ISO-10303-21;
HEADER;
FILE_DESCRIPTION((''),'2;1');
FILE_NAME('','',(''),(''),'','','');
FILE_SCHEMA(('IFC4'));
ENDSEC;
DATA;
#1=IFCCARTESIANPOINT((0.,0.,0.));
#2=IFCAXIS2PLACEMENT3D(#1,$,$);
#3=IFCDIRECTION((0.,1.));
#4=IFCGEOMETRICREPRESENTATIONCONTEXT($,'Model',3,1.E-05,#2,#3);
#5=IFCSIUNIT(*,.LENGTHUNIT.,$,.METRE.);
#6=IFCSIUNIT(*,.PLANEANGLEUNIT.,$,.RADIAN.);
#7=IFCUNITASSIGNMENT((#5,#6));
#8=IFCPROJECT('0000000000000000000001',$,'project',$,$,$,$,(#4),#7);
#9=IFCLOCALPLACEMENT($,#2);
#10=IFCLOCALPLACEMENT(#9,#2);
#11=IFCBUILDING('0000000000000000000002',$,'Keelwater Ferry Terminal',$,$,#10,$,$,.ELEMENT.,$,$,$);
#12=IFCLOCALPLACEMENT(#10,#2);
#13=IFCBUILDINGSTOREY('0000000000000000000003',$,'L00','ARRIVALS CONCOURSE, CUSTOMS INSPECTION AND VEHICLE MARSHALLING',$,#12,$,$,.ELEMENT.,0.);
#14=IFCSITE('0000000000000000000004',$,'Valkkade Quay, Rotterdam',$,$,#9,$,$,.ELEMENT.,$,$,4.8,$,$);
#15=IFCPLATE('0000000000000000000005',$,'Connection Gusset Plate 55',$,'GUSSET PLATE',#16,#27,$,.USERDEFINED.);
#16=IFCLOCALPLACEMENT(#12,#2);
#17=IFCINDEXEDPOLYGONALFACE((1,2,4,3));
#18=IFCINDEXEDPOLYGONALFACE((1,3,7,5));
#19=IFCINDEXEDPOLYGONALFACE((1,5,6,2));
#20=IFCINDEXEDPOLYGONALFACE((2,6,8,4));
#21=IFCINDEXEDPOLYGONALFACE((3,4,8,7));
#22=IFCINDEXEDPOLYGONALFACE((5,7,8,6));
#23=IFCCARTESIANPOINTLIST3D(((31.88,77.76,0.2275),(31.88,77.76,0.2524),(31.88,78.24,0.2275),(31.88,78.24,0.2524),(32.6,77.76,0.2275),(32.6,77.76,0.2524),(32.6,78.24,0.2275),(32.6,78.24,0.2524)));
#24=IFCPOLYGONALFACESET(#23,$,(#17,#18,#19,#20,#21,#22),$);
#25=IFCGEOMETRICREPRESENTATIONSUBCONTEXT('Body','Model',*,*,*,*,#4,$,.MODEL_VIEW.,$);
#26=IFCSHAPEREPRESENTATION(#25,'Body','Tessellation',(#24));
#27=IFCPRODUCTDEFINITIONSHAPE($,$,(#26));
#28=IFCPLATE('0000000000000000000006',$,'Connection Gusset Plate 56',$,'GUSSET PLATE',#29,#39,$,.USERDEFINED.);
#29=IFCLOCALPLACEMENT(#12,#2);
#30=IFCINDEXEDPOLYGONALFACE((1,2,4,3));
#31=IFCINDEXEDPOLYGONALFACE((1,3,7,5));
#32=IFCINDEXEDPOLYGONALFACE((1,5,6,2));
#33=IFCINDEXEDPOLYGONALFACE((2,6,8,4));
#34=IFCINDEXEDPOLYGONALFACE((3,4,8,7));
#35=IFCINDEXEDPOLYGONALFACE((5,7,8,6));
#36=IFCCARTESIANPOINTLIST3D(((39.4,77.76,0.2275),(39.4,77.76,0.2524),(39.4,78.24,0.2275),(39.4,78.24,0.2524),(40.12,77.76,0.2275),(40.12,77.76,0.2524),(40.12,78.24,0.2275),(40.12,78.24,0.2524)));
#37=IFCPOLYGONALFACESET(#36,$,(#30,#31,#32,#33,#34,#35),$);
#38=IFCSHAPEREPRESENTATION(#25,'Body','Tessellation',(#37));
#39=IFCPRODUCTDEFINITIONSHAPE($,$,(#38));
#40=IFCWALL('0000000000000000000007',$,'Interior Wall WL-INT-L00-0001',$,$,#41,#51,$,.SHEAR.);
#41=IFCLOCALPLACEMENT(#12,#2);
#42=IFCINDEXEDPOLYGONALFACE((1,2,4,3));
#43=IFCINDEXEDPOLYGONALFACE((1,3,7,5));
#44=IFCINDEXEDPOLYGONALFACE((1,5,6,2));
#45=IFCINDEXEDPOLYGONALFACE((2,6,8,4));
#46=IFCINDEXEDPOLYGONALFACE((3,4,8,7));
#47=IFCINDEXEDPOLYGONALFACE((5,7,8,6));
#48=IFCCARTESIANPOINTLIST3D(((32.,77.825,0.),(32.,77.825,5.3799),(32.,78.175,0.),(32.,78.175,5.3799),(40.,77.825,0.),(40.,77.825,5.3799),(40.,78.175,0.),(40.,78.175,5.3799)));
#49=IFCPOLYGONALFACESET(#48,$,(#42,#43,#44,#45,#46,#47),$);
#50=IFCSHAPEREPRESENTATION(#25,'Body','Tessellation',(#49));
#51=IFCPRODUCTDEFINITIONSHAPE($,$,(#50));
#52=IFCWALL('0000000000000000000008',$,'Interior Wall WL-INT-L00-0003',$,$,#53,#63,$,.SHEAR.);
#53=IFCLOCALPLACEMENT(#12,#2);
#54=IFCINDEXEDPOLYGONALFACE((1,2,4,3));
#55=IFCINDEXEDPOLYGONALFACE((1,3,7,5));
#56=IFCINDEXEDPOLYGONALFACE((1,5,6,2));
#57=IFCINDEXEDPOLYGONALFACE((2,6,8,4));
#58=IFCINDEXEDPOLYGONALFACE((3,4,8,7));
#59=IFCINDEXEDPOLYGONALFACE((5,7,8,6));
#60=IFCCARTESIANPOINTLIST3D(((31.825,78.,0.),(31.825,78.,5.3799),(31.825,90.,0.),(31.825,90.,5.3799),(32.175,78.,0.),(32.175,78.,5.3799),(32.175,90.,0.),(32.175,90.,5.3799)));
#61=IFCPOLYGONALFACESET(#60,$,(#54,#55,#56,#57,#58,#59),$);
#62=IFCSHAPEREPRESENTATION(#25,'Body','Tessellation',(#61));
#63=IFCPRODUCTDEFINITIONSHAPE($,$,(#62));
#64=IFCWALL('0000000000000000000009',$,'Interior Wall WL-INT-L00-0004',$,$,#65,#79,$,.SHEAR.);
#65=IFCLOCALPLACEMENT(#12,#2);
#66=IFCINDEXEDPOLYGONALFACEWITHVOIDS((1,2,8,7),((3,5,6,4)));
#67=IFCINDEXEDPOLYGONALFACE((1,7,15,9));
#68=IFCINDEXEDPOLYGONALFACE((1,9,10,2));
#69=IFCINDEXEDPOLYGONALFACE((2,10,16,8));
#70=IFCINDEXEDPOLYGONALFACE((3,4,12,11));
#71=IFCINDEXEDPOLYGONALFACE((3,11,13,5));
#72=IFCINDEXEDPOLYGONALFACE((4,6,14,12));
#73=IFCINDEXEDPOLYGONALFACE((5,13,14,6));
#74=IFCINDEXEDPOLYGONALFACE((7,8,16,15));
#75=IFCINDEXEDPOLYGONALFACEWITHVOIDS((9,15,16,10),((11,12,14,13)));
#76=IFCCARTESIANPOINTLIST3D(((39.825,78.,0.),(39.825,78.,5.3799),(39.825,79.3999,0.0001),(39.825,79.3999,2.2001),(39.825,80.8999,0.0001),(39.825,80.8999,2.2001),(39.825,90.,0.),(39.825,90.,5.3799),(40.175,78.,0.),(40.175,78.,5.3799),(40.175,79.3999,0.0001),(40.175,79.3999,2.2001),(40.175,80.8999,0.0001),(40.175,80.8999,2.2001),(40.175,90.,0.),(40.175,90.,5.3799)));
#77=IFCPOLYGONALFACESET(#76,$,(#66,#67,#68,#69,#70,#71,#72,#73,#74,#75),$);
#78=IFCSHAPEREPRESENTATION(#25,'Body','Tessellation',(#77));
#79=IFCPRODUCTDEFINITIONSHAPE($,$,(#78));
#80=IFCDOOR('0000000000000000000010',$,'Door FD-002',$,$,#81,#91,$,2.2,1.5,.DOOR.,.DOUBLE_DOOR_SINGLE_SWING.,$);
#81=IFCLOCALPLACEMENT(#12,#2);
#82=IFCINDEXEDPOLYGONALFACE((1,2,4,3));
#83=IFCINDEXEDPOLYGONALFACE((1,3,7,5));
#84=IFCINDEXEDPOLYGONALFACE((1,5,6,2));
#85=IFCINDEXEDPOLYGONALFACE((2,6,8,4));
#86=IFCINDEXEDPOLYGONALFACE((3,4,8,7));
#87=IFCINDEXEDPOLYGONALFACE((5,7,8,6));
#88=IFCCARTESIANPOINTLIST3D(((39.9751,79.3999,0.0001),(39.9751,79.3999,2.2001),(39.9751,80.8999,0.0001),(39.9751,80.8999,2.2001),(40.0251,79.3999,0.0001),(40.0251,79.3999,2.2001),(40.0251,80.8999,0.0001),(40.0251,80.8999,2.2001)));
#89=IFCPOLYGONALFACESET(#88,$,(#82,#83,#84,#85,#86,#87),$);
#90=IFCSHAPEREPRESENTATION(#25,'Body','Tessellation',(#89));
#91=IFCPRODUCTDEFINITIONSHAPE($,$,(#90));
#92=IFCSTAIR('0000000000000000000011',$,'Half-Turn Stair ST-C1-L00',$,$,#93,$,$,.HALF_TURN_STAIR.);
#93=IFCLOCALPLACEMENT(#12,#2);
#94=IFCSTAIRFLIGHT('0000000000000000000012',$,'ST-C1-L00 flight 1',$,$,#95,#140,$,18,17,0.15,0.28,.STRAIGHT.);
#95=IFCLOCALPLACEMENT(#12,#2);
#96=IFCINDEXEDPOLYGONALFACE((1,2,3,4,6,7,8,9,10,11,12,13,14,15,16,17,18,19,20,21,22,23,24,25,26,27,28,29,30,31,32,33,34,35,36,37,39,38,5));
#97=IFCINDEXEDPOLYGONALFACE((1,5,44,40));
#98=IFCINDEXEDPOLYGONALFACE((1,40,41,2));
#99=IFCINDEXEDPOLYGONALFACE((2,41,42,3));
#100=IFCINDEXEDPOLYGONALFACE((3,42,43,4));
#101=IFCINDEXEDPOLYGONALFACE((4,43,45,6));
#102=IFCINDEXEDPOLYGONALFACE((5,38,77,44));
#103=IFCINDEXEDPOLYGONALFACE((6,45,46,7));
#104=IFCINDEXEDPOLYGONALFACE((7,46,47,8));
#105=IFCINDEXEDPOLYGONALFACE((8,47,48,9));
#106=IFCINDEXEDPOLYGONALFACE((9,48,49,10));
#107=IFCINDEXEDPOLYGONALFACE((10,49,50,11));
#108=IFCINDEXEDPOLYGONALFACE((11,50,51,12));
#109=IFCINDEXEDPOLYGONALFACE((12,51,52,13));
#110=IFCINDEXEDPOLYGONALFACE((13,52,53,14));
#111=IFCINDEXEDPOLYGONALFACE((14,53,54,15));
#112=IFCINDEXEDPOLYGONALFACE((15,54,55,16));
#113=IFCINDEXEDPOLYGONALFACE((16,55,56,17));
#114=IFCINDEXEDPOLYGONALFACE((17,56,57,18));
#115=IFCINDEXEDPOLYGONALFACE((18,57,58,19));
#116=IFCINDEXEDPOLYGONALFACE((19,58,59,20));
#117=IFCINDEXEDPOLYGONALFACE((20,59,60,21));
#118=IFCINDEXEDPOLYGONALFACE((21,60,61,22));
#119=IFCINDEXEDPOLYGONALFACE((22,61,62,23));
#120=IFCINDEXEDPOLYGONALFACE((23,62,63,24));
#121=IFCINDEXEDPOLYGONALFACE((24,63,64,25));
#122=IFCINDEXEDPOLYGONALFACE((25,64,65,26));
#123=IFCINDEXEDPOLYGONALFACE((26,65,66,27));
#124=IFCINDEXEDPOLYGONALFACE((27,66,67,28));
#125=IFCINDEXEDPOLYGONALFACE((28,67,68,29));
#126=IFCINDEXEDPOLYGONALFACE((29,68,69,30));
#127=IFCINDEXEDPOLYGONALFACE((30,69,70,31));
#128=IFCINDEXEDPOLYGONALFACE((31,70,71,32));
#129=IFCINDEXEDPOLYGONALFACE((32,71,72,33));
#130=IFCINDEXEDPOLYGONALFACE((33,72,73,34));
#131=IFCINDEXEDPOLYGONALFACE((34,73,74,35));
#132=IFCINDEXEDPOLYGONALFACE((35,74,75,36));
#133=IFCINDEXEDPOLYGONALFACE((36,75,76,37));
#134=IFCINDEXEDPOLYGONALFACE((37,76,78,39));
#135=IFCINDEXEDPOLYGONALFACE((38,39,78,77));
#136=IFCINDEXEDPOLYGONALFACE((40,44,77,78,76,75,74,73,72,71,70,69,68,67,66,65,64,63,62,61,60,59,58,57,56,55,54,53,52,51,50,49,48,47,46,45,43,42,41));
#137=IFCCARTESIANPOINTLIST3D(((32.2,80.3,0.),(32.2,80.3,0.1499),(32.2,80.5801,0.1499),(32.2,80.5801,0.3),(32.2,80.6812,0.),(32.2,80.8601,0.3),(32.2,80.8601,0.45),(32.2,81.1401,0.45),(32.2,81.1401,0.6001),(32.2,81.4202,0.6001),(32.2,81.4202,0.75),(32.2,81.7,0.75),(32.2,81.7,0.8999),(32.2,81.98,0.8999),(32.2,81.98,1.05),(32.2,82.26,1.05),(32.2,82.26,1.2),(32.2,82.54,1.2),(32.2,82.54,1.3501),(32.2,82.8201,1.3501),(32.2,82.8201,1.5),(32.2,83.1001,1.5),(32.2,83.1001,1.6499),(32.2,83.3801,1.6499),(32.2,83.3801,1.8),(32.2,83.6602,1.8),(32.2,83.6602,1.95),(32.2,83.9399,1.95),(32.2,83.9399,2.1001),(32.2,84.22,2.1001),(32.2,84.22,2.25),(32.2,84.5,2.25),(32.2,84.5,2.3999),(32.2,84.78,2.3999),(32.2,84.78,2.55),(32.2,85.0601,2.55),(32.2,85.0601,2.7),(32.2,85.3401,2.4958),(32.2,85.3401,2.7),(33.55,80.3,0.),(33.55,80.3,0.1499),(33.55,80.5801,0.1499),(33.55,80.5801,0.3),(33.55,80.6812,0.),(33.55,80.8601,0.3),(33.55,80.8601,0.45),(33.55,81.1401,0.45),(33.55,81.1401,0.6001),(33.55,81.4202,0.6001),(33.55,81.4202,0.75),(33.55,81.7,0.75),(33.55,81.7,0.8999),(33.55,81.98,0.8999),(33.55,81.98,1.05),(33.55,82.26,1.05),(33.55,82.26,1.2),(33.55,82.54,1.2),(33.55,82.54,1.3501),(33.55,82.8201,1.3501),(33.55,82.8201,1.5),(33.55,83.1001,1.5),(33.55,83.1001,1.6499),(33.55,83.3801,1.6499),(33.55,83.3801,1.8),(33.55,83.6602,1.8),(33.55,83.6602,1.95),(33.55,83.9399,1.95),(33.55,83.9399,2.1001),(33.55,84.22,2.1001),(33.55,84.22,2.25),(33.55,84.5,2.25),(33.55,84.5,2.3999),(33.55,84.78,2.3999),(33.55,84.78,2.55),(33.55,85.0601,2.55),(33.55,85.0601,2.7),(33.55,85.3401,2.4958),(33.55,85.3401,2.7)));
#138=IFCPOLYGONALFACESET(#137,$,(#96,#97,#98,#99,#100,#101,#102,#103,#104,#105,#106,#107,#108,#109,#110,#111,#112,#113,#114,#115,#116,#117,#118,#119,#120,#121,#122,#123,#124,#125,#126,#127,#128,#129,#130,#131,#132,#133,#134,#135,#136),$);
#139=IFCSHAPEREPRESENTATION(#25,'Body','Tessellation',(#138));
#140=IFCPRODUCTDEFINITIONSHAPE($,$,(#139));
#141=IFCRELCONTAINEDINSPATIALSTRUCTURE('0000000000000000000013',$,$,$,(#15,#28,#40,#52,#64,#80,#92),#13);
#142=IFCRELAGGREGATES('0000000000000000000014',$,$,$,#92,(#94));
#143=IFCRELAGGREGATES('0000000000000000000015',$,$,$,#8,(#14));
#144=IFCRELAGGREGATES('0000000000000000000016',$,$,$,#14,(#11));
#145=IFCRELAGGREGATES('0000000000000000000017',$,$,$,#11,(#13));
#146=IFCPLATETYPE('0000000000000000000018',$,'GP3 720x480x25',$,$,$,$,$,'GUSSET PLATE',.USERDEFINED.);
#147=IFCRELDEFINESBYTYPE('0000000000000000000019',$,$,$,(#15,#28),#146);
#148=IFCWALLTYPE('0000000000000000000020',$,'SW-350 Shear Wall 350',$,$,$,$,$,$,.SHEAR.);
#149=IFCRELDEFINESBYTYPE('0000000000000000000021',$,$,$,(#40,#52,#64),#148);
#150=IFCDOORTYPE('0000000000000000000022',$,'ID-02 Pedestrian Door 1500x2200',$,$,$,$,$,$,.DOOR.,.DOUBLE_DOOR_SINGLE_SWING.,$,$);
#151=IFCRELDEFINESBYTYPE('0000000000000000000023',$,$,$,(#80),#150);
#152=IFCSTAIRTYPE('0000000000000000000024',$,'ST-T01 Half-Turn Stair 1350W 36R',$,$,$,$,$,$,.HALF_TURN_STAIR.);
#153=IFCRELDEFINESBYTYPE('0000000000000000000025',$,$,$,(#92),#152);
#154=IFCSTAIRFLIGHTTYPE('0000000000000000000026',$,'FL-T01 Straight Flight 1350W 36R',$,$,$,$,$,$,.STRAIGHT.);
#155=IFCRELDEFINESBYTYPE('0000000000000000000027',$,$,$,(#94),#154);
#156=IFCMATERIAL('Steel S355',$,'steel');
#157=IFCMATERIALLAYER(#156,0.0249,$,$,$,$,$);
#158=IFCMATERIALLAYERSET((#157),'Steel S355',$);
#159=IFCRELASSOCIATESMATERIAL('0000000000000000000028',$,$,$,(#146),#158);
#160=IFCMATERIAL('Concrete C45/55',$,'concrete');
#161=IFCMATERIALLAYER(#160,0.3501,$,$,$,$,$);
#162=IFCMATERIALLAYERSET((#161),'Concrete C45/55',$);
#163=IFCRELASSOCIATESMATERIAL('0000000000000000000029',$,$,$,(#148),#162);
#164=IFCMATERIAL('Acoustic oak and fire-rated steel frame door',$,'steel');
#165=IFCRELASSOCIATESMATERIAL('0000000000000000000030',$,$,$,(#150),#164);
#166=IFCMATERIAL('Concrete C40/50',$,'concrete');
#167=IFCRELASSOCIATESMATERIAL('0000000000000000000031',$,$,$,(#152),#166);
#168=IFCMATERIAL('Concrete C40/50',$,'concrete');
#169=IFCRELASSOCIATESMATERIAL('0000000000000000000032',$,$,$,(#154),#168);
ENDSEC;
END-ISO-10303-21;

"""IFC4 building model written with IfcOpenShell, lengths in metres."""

from ifc_helpers import new_model, si_unit, direction, frame, frame_2d, origin, origin_2d, place, context, subcontext, project, spatial, polyline, rectangle, outline, extrude, material, layer, layer_set, type_object, element, fill, aggregate, save


model = new_model("IFC4")

# Units and contexts
model_context = context("Model", 3, precision=1e-05, world=origin(), true_north=direction((0.0, 1.0)))
body_context = subcontext(model_context, "Body", "Model", "MODEL_VIEW")
ifc_project = project(units=[si_unit("LENGTHUNIT", "METRE"), si_unit("PLANEANGLEUNIT", "RADIAN")], contexts=[model_context])

# Site, building, storey
site_placement = place(None, origin())
site = spatial("IfcSite", under=ifc_project, at=site_placement, Name="Valkkade Quay, Rotterdam", CompositionType="ELEMENT", RefElevation=4.8)
building_placement = place(site_placement, origin())
building = spatial("IfcBuilding", under=site, at=building_placement, Name="Keelwater Ferry Terminal", CompositionType="ELEMENT")
storey_placement = place(building_placement, origin())
storey = spatial("IfcBuildingStorey", under=building, at=storey_placement, Name="L00", Description="ARRIVALS CONCOURSE, CUSTOMS INSPECTION AND VEHICLE MARSHALLING", CompositionType="ELEMENT", Elevation=0.0)

# Plates
ifc_material_1 = material(Name="Steel S355", Category="steel")
ifc_layer_1 = layer(ifc_material_1, 0.0249)
ifc_layer_set_1 = layer_set([ifc_layer_1], Name="Steel S355")
plate_type = type_object("IfcPlateType", Name="GP3 720x480x25", ElementType="GUSSET PLATE", PredefinedType="USERDEFINED", material=ifc_layer_set_1)
for number, where, z_axis, x_axis, name in (
    (1, (32.24, 78.0, 0.2275), (0.0, 0.0, 1.0), (1.0, 0.0, 0.0), "Connection Gusset Plate 55"),
    (2, (39.76, 78.0, 0.2275), (0.0, 0.0, 1.0), (1.0, 0.0, 0.0), "Connection Gusset Plate 56"),
):
    element("IfcPlate", number, at=place(storey_placement, frame(where, z_axis=z_axis, x_axis=x_axis)), inside=storey, type_object=plate_type, Name=name, ObjectType="GUSSET PLATE", PredefinedType="USERDEFINED", context=body_context, shape_type="SweptSolid", body=[
        extrude(rectangle(XDim=0.72, YDim=0.48, at=origin_2d()), origin(), (0.0, 0.0, 1.0), 0.0249),
    ])

# Walls
ifc_material_2 = material(Name="Concrete C45/55", Category="concrete")
ifc_layer_2 = layer(ifc_material_2, 0.3501)
ifc_layer_set_2 = layer_set([ifc_layer_2], Name="Concrete C45/55")
wall_type = type_object("IfcWallType", Name="SW-350 Shear Wall 350", PredefinedType="SHEAR", material=ifc_layer_set_2)
wall_1_placement = place(storey_placement, frame((32.0, 78.0, 0.0), z_axis=(0.0, 0.0, 1.0), x_axis=(1.0, 0.0, 0.0)))
element("IfcWall", 3, at=wall_1_placement, inside=storey, type_object=wall_type, Name="Interior Wall WL-INT-L00-0001", PredefinedType="SHEAR", context=body_context, shape_type="SweptSolid", body=[
    extrude(rectangle(XDim=8.0, YDim=0.3501, at=frame_2d((4.0, 0.0))), origin(), (0.0, 0.0, 1.0), 5.3799),
])
wall_2_placement = place(storey_placement, frame((32.0, 78.0, 0.0), z_axis=(0.0, 0.0, 1.0), x_axis=(0.0, 1.0, 0.0)))
element("IfcWall", 4, at=wall_2_placement, inside=storey, type_object=wall_type, Name="Interior Wall WL-INT-L00-0003", PredefinedType="SHEAR", context=body_context, shape_type="SweptSolid", body=[
    extrude(rectangle(XDim=12.0, YDim=0.3501, at=frame_2d((6.0, 0.0))), origin(), (0.0, 0.0, 1.0), 5.3799),
])

# Wall, opening, door
wall_3_placement = place(storey_placement, frame((40.0, 78.0, 0.0), z_axis=(0.0, 0.0, 1.0), x_axis=(0.0, 1.0, 0.0)))
wall_3 = element("IfcWall", 5, at=wall_3_placement, inside=storey, type_object=wall_type, Name="Interior Wall WL-INT-L00-0004", PredefinedType="SHEAR", context=body_context, shape_type="SweptSolid", body=[
    extrude(rectangle(XDim=12.0, YDim=0.3501, at=frame_2d((6.0, 0.0))), origin(), (0.0, 0.0, 1.0), 5.3799),
])
opening_placement = place(wall_3_placement, frame((1.3999, 0.0, 0.0)))
opening = element("IfcOpeningElement", 6, at=opening_placement, cuts=wall_3, PredefinedType="OPENING", context=body_context, shape_type="SweptSolid", body=[
    extrude(rectangle(XDim=1.5, YDim=2.2, at=frame_2d((0.75, 1.1001))), frame((0.0, 0.1851, 0.0), z_axis=(0.0, -1.0, 0.0), x_axis=(1.0, 0.0, 0.0)), (0.0, 0.0, 1.0), 0.3701),
])
ifc_material_3 = material(Name="Acoustic oak and fire-rated steel frame door", Category="steel")
door_type = type_object("IfcDoorType", Name="ID-02 Pedestrian Door 1500x2200", OperationType="DOUBLE_DOOR_SINGLE_SWING", PredefinedType="DOOR", material=ifc_material_3)
door_placement = place(opening_placement, origin())
door = element("IfcDoor", 7, at=door_placement, inside=storey, type_object=door_type, Name="Door FD-002", OperationType="DOUBLE_DOOR_SINGLE_SWING", OverallHeight=2.2, OverallWidth=1.5, PredefinedType="DOOR", context=body_context, shape_type="SweptSolid", body=[
    extrude(rectangle(XDim=1.5, YDim=2.2, at=frame_2d((0.75, 1.1001))), frame((0.0, 0.0249, 0.0), z_axis=(0.0, -1.0, 0.0), x_axis=(1.0, 0.0, 0.0)), (0.0, 0.0, 1.0), 0.05),
])
fill(opening, door)

# Stair, stair flight
ifc_material_4 = material(Name="Concrete C40/50", Category="concrete")
stair_type = type_object("IfcStairType", Name="ST-T01 Half-Turn Stair 1350W 36R", PredefinedType="HALF_TURN_STAIR", material=ifc_material_4)
stair_placement = place(storey_placement, origin())
stair = element("IfcStair", 8, at=stair_placement, inside=storey, type_object=stair_type, Name="Half-Turn Stair ST-C1-L00", PredefinedType="HALF_TURN_STAIR")
ifc_material_5 = material(Name="Concrete C40/50", Category="concrete")
stair_flight_type = type_object("IfcStairFlightType", Name="FL-T01 Straight Flight 1350W 36R", PredefinedType="STRAIGHT", material=ifc_material_5)
stair_flight_placement = place(storey_placement, frame((32.875, 80.3, 0.0), z_axis=(0.0, 0.0, 1.0), x_axis=(0.0, 1.0, 0.0)))
stair_flight = element("IfcStairFlight", 9, at=stair_flight_placement, type_object=stair_flight_type, Name="ST-C1-L00 flight 1", NumberOfRisers=18, NumberOfTreads=17, PredefinedType="STRAIGHT", RiserHeight=0.15, TreadLength=0.28, context=body_context, shape_type="SweptSolid", body=[
    extrude(outline(polyline([(0.0, 0.0), (0.0, 0.1499), (0.28, 0.1499), (0.28, 0.3), (0.5601, 0.3), (0.5601, 0.45), (0.8401, 0.45), (0.8401, 0.6001), (1.1201, 0.6001), (1.1201, 0.75), (1.3999, 0.75), (1.3999, 0.8999), (1.6799, 0.8999), (1.6799, 1.05), (1.96, 1.05), (1.96, 1.2), (2.24, 1.2), (2.24, 1.3501), (2.52, 1.3501), (2.52, 1.5), (2.8, 1.5), (2.8, 1.6499), (3.0801, 1.6499), (3.0801, 1.8), (3.3601, 1.8), (3.3601, 1.95), (3.6399, 1.95), (3.6399, 2.1001), (3.9199, 2.1001), (3.9199, 2.25), (4.2, 2.25), (4.2, 2.3999), (4.48, 2.3999), (4.48, 2.55), (4.76, 2.55), (4.76, 2.7), (5.04, 2.7), (5.04, 2.4958), (0.3811, 0.0), (0.0, 0.0)])), frame((0.0, 0.675, 0.0), z_axis=(0.0, -1.0, 0.0), x_axis=(1.0, 0.0, 0.0)), (0.0, 0.0, 1.0), 1.3501),
])
aggregate(stair, [stair_flight])

save(model, "model.ifc")
